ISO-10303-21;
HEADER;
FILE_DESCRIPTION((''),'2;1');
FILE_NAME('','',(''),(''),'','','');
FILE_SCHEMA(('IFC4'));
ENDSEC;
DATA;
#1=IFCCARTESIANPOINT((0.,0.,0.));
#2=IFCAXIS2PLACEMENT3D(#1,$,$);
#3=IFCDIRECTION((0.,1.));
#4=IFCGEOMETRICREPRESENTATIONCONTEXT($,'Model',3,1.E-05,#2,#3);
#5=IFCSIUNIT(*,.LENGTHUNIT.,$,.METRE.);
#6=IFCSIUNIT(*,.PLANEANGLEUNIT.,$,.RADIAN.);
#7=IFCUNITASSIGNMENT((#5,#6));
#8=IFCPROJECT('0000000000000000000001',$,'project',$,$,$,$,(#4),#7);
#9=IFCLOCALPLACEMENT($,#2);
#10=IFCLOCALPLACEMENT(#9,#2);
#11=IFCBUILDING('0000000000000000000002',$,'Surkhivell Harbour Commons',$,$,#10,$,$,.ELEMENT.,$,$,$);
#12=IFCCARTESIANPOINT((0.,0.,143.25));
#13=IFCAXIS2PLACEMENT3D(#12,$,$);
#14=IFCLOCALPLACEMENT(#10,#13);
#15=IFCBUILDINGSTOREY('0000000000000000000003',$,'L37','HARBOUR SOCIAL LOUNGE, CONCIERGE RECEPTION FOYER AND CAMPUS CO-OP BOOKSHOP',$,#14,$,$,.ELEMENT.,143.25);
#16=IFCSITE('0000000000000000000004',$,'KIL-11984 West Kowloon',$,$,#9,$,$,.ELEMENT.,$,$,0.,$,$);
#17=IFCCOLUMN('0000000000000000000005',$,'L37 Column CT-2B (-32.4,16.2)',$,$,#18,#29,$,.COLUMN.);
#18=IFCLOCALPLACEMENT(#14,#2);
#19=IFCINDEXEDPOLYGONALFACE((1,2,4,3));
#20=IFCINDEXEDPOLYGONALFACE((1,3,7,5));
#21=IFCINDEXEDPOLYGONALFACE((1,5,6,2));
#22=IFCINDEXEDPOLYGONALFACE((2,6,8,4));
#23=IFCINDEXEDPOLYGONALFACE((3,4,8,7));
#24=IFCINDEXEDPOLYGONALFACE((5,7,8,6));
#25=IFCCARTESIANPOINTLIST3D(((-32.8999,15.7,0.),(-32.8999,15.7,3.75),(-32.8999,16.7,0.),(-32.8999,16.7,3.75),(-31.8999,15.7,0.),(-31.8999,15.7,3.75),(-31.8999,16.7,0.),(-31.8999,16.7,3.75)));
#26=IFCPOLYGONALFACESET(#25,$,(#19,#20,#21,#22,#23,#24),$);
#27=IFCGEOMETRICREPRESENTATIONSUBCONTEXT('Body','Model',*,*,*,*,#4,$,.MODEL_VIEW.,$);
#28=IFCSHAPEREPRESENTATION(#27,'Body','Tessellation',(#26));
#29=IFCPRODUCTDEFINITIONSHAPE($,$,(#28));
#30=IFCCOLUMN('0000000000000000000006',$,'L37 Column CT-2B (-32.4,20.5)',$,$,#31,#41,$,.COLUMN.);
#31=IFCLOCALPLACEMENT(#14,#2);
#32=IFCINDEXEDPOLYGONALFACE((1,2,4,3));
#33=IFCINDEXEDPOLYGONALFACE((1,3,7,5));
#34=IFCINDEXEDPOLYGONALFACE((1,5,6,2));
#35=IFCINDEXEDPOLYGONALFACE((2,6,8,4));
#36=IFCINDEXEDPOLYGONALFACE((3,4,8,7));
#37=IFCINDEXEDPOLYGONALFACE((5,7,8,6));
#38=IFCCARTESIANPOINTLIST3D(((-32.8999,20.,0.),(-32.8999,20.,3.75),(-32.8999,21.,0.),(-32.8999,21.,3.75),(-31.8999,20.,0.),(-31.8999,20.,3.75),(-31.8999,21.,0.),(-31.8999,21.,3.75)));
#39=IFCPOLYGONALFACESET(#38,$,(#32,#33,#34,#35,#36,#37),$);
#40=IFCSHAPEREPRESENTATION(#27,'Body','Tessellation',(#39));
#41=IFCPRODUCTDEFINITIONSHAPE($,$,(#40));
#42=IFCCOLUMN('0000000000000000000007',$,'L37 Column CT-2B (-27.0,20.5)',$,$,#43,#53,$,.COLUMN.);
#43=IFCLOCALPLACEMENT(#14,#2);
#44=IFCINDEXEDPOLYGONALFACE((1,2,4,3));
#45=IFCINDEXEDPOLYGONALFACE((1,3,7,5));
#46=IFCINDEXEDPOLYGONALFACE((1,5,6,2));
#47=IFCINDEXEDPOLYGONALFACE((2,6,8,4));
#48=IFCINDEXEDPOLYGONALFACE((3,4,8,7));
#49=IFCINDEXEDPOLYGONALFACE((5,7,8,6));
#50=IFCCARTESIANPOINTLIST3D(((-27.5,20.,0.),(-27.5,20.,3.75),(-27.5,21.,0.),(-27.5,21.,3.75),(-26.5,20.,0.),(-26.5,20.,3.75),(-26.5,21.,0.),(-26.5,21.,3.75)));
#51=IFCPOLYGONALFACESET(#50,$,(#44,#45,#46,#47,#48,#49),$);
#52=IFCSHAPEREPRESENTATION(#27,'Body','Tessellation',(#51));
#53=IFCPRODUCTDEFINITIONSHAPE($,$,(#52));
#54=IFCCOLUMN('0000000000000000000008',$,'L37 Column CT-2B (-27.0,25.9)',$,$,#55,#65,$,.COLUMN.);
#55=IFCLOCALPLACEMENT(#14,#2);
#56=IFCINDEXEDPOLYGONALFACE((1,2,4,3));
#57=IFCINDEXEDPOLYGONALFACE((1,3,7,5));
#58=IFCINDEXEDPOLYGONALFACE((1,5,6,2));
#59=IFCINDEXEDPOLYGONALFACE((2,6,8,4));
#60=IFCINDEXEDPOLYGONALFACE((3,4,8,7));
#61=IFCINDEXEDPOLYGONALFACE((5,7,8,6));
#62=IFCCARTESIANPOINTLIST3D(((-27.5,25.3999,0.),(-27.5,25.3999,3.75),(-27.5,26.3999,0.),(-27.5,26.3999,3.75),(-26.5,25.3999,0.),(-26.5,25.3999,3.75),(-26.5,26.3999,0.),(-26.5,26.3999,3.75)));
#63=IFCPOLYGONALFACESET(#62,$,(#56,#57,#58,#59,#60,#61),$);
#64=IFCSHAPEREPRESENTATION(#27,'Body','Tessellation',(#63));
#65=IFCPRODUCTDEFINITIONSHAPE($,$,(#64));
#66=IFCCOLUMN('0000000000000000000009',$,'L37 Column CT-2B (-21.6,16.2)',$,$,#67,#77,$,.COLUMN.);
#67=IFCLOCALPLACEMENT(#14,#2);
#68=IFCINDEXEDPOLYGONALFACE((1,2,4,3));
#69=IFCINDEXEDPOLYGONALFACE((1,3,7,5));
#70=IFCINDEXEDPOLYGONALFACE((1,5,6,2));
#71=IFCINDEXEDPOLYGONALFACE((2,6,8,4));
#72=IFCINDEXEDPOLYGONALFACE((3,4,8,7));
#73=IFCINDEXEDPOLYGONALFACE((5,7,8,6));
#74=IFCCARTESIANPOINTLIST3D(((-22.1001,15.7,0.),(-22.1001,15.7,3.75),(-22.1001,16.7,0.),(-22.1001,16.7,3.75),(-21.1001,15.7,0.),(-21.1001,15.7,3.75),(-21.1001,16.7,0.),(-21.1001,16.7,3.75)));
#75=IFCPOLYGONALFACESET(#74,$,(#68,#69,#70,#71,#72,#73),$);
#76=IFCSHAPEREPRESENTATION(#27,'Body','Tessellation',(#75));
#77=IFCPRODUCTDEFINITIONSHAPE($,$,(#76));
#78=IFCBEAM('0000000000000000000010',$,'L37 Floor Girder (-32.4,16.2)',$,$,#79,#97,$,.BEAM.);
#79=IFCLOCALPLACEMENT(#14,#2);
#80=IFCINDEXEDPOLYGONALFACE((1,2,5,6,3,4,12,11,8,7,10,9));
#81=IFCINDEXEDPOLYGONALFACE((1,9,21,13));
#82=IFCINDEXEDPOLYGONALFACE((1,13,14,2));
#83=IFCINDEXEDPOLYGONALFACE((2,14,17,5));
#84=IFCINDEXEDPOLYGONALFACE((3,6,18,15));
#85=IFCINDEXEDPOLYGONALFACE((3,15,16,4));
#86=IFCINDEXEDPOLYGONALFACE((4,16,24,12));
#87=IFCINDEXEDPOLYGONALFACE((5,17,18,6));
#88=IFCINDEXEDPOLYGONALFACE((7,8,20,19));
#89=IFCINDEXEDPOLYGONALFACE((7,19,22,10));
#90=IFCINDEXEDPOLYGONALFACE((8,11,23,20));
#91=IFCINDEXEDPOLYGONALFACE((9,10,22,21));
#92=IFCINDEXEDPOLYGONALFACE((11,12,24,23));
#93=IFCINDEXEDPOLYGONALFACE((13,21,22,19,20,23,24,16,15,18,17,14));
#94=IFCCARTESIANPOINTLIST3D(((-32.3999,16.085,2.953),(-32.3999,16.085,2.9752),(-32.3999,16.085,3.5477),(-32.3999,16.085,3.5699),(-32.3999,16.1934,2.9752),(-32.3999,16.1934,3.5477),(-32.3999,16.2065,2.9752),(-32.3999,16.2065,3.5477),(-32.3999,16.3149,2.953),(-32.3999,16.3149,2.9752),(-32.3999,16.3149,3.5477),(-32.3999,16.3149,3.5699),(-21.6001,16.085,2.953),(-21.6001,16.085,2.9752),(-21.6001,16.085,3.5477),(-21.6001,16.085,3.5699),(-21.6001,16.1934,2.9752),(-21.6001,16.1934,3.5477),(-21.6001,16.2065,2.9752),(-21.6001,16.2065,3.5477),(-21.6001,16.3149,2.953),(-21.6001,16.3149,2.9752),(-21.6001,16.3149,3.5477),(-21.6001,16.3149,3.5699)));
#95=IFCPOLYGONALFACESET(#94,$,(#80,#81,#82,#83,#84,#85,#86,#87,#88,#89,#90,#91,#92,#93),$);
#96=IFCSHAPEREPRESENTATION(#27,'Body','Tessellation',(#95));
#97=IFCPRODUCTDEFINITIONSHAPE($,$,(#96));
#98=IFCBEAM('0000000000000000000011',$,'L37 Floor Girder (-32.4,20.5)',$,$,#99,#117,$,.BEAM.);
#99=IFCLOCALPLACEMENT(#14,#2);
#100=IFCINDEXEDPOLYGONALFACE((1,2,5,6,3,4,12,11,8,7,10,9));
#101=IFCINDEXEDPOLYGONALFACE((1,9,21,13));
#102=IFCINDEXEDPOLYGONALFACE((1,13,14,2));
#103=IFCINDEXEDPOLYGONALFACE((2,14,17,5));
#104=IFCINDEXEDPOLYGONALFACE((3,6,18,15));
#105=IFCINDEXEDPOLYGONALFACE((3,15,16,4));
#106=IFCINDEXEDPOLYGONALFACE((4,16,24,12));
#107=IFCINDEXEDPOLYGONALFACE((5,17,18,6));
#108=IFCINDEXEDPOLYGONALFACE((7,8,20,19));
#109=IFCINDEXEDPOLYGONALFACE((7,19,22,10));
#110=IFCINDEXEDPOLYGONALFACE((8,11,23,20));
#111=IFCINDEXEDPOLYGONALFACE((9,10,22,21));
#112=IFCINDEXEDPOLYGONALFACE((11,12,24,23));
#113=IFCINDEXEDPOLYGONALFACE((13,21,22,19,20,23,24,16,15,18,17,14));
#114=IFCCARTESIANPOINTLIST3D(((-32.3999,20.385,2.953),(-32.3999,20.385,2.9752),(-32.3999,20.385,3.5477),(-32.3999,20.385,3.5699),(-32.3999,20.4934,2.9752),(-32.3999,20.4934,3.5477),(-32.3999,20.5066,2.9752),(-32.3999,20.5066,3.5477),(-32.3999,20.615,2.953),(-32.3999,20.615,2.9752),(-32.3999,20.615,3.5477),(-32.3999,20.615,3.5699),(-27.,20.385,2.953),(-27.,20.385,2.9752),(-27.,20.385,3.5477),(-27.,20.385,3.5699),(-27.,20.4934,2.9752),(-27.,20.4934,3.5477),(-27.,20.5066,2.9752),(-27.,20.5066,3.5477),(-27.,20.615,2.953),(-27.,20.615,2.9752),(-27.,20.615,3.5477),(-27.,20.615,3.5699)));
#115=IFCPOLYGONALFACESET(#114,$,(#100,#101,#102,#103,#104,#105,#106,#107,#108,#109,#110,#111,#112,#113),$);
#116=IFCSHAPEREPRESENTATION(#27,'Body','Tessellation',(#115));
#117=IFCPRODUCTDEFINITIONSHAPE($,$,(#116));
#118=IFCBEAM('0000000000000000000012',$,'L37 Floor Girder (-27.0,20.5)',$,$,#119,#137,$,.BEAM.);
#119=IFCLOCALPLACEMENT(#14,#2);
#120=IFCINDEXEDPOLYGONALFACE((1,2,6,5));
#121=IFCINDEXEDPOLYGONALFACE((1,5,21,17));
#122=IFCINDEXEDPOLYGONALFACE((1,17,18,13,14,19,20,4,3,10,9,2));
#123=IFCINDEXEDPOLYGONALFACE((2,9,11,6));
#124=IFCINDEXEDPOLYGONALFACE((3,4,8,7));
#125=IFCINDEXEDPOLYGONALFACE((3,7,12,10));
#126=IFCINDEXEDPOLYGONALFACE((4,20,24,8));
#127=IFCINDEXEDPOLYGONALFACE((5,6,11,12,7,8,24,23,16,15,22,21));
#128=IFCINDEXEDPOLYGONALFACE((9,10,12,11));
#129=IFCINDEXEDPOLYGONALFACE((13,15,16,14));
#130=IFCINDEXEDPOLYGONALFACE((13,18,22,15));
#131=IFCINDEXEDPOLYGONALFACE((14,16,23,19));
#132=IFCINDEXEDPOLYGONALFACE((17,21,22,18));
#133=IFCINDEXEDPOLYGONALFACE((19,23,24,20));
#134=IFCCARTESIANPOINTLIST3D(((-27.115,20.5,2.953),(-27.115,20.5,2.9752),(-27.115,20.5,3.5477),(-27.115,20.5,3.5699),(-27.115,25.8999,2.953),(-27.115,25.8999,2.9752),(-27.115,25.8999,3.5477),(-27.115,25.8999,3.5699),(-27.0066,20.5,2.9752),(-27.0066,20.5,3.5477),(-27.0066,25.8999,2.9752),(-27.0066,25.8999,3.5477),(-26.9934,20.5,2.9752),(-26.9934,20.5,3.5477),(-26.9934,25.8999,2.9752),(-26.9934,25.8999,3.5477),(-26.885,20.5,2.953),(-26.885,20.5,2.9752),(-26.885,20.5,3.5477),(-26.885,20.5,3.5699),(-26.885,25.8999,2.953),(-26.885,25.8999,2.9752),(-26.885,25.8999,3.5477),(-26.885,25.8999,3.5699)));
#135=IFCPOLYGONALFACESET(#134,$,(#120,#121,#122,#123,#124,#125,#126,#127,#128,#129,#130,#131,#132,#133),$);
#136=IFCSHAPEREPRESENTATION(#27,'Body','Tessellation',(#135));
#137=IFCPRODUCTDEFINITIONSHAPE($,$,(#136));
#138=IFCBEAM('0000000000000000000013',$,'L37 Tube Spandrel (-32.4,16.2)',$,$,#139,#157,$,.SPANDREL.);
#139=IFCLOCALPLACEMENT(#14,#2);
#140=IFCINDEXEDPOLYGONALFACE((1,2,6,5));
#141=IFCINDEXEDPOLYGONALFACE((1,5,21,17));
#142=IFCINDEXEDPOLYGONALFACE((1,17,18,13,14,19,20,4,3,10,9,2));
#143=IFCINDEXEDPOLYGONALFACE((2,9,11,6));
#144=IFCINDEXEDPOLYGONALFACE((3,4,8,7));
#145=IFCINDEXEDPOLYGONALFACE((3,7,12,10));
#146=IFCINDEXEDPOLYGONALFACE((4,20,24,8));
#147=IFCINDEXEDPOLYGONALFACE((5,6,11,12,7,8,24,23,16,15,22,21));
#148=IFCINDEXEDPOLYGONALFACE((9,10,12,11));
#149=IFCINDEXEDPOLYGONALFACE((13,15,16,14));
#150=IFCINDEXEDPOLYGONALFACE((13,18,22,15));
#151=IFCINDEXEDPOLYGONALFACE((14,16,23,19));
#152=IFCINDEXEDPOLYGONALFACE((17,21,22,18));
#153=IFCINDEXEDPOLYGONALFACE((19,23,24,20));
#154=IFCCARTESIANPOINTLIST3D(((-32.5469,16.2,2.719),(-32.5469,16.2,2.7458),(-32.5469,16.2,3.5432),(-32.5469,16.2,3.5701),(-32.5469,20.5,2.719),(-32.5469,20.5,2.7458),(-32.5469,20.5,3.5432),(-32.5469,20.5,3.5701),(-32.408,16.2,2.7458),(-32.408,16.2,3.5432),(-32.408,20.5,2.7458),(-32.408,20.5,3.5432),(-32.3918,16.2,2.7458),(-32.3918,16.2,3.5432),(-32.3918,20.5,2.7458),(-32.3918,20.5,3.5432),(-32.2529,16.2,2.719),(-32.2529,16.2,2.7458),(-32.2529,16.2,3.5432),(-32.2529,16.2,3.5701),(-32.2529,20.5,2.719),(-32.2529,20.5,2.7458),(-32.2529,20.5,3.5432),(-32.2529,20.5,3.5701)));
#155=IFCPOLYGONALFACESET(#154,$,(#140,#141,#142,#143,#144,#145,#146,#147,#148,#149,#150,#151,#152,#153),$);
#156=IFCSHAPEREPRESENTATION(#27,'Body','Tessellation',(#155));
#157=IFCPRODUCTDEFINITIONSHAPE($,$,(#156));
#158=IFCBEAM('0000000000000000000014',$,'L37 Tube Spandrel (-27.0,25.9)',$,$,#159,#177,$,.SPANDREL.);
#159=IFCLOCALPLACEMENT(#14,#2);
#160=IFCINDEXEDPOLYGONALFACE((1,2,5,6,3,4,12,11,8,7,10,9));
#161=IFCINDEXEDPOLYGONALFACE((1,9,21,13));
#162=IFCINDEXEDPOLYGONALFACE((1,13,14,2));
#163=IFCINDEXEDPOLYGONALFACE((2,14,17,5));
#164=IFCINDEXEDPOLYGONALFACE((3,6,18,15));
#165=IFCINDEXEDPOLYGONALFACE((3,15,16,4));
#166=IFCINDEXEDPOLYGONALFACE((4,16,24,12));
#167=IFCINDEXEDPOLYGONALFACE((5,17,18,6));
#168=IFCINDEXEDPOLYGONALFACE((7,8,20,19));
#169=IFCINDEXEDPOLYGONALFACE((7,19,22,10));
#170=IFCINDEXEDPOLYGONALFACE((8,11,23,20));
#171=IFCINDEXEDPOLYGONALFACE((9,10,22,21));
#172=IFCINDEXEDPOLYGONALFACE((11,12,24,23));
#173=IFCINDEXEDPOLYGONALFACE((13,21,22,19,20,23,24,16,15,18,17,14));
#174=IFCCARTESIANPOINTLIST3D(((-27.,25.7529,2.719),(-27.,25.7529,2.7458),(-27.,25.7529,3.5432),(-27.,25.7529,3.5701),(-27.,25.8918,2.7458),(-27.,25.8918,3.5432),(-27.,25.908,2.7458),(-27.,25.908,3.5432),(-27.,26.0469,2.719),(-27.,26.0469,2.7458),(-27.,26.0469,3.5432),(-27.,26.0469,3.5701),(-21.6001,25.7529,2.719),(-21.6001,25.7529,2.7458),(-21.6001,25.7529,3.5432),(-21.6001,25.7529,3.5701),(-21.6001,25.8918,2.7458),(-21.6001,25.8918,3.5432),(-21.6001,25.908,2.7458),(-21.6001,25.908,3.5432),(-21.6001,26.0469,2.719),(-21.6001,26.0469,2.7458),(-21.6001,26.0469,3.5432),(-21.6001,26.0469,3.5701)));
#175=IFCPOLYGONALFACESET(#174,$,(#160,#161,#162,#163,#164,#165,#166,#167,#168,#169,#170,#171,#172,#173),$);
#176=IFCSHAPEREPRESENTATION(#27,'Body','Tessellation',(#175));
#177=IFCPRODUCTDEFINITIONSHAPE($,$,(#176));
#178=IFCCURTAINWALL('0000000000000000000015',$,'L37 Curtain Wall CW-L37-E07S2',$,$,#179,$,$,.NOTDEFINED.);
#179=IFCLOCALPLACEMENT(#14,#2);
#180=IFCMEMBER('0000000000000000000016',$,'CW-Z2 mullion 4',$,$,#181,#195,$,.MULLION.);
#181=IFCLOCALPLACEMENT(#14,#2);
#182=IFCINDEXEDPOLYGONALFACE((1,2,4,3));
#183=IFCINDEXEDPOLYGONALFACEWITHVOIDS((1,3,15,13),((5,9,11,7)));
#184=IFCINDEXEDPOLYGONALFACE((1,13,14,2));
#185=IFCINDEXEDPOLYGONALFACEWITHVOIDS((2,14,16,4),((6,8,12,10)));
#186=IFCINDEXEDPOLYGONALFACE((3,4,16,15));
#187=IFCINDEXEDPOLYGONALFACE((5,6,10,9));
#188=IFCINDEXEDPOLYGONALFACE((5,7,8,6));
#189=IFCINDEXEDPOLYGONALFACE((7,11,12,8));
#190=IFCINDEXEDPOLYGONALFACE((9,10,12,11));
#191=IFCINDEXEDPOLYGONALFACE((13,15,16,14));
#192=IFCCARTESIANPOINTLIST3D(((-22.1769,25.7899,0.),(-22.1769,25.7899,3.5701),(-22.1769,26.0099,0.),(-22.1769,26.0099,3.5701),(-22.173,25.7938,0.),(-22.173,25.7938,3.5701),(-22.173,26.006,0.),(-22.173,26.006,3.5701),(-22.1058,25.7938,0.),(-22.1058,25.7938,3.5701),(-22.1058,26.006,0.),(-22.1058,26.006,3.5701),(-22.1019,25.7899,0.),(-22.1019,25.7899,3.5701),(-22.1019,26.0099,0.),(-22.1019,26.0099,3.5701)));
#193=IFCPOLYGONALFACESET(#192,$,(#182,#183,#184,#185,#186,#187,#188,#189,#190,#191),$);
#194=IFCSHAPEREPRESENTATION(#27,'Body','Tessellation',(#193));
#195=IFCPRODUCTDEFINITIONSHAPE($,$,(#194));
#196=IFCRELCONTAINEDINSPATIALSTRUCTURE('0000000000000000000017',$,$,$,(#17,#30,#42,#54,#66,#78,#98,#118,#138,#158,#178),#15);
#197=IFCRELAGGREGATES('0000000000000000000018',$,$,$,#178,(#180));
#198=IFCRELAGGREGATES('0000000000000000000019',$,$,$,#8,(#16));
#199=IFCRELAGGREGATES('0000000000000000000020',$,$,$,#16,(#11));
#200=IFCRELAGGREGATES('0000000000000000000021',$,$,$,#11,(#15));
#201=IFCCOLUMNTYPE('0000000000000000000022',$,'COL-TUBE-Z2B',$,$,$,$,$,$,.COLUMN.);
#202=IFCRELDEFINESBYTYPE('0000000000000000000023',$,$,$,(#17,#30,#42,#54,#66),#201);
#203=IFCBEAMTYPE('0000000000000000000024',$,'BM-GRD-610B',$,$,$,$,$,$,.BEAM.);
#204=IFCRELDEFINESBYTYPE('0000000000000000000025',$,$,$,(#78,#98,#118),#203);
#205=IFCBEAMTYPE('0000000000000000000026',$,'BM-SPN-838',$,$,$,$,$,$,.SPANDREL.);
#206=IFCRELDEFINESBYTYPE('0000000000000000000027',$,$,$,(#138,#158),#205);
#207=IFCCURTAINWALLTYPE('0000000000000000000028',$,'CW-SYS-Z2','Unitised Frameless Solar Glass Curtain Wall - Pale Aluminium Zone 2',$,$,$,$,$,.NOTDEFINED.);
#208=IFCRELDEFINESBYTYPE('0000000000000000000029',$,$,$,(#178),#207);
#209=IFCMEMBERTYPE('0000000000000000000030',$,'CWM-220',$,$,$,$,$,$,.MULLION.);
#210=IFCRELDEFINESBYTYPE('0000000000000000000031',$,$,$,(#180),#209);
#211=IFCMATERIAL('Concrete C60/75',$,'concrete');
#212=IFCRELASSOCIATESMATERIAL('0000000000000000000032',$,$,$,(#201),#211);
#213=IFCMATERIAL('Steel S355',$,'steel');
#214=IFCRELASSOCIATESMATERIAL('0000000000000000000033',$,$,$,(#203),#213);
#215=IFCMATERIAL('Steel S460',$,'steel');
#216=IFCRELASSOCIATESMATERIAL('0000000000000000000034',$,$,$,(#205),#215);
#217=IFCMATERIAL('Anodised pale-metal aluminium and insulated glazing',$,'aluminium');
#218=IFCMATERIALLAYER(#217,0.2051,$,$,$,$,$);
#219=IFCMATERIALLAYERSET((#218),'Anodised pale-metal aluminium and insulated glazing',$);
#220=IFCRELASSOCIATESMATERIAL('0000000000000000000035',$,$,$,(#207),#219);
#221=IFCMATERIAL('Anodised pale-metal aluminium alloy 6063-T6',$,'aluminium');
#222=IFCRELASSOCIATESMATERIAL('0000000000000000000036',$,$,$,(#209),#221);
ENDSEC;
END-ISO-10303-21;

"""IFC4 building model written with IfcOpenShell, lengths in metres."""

from ifc_helpers import new_model, si_unit, direction, frame, origin, origin_2d, place, context, subcontext, project, spatial, rectangle, hollow_rectangle, i_section, extrude, material, layer, layer_set, material_profile, profile_set, type_object, element, aggregate, save


model = new_model("IFC4")

# Units and contexts
model_context = context("Model", 3, precision=1e-05, world=origin(), true_north=direction((0.0, 1.0)))
body_context = subcontext(model_context, "Body", "Model", "MODEL_VIEW")
ifc_project = project(units=[si_unit("LENGTHUNIT", "METRE"), si_unit("PLANEANGLEUNIT", "RADIAN")], contexts=[model_context])

# Site, building, storey
site_placement = place(None, origin())
site = spatial("IfcSite", under=ifc_project, at=site_placement, Name="KIL-11984 West Kowloon", CompositionType="ELEMENT", RefElevation=0.0)
building_placement = place(site_placement, origin())
building = spatial("IfcBuilding", under=site, at=building_placement, Name="Surkhivell Harbour Commons", CompositionType="ELEMENT")
storey_placement = place(building_placement, frame((0.0, 0.0, 143.25)))
storey = spatial("IfcBuildingStorey", under=building, at=storey_placement, Name="L37", Description="HARBOUR SOCIAL LOUNGE, CONCIERGE RECEPTION FOYER AND CAMPUS CO-OP BOOKSHOP", CompositionType="ELEMENT", Elevation=143.25)

# Columns
ifc_material_1 = material(Name="Concrete C60/75", Category="concrete")
ifc_material_profile_1 = material_profile(ifc_material_1, rectangle(XDim=1.0, YDim=1.0, at=origin_2d()), Name="RC-COL-1000x1000")
ifc_profile_set_1 = profile_set([ifc_material_profile_1], Name="Concrete C60/75")
column_type = type_object("IfcColumnType", Name="COL-TUBE-Z2B", PredefinedType="COLUMN", material=ifc_profile_set_1)
for number, where, z_axis, x_axis, name in (
    (1, (-32.3999, 16.2, 0.0), (0.0, 0.0, 1.0), (1.0, 0.0, 0.0), "L37 Column CT-2B (-32.4,16.2)"),
    (2, (-32.3999, 20.5, 0.0), (0.0, 0.0, 1.0), (1.0, 0.0, 0.0), "L37 Column CT-2B (-32.4,20.5)"),
    (3, (-27.0, 20.5, 0.0), (0.0, 0.0, 1.0), (1.0, 0.0, 0.0), "L37 Column CT-2B (-27.0,20.5)"),
    (4, (-27.0, 25.8999, 0.0), (0.0, 0.0, 1.0), (1.0, 0.0, 0.0), "L37 Column CT-2B (-27.0,25.9)"),
    (5, (-21.6001, 16.2, 0.0), (0.0, 0.0, 1.0), (1.0, 0.0, 0.0), "L37 Column CT-2B (-21.6,16.2)"),
):
    element("IfcColumn", number, at=place(storey_placement, frame(where, z_axis=z_axis, x_axis=x_axis)), inside=storey, type_object=column_type, Name=name, PredefinedType="COLUMN", context=body_context, shape_type="SweptSolid", body=[
        extrude(rectangle(XDim=1.0, YDim=1.0, at=origin_2d()), origin(), (0.0, 0.0, 1.0), 3.75),
    ])

# Beams
ifc_material_2 = material(Name="Steel S355", Category="steel")
ifc_material_profile_2 = material_profile(ifc_material_2, i_section(OverallWidth=0.23, OverallDepth=0.6169, WebThickness=0.0132, FlangeThickness=0.0222, at=origin_2d()), Name="UB610x229x140")
ifc_profile_set_2 = profile_set([ifc_material_profile_2], Name="Steel S355")
beam_type_1 = type_object("IfcBeamType", Name="BM-GRD-610B", PredefinedType="BEAM", material=ifc_profile_set_2)
beam_1_placement = place(storey_placement, frame((-32.3999, 16.2, 3.2615), z_axis=(1.0, 0.0, 0.0), x_axis=(0.0, 1.0, 0.0)))
element("IfcBeam", 6, at=beam_1_placement, inside=storey, type_object=beam_type_1, Name="L37 Floor Girder (-32.4,16.2)", PredefinedType="BEAM", context=body_context, shape_type="SweptSolid", body=[
    extrude(i_section(OverallWidth=0.23, OverallDepth=0.6169, WebThickness=0.0132, FlangeThickness=0.0222, at=origin_2d()), origin(), (0.0, 0.0, 1.0), 10.7998),
])
for number, where, z_axis, x_axis, name in (
    (7, (-32.3999, 20.5, 3.2615), (1.0, 0.0, 0.0), (0.0, 1.0, 0.0), "L37 Floor Girder (-32.4,20.5)"),
    (8, (-27.0, 20.5, 3.2615), (0.0, 1.0, 0.0), (-1.0, 0.0, 0.0), "L37 Floor Girder (-27.0,20.5)"),
):
    element("IfcBeam", number, at=place(storey_placement, frame(where, z_axis=z_axis, x_axis=x_axis)), inside=storey, type_object=beam_type_1, Name=name, PredefinedType="BEAM", context=body_context, shape_type="SweptSolid", body=[
        extrude(i_section(OverallWidth=0.23, OverallDepth=0.6169, WebThickness=0.0132, FlangeThickness=0.0222, at=origin_2d()), origin(), (0.0, 0.0, 1.0), 5.3999),
    ])
ifc_material_3 = material(Name="Steel S460", Category="steel")
ifc_material_profile_3 = material_profile(ifc_material_3, i_section(OverallWidth=0.2939, OverallDepth=0.8511, WebThickness=0.0161, FlangeThickness=0.0269, at=origin_2d()), Name="UB838x292x226")
ifc_profile_set_3 = profile_set([ifc_material_profile_3], Name="Steel S460")
beam_type_2 = type_object("IfcBeamType", Name="BM-SPN-838", PredefinedType="SPANDREL", material=ifc_profile_set_3)
beam_2_placement = place(storey_placement, frame((-32.3999, 16.2, 3.1445), z_axis=(0.0, 1.0, 0.0), x_axis=(-1.0, 0.0, 0.0)))
element("IfcBeam", 9, at=beam_2_placement, inside=storey, type_object=beam_type_2, Name="L37 Tube Spandrel (-32.4,16.2)", PredefinedType="SPANDREL", context=body_context, shape_type="SweptSolid", body=[
    extrude(i_section(OverallWidth=0.2939, OverallDepth=0.8511, WebThickness=0.0161, FlangeThickness=0.0269, at=origin_2d()), origin(), (0.0, 0.0, 1.0), 4.3),
])
beam_3_placement = place(storey_placement, frame((-27.0, 25.8999, 3.1445), z_axis=(1.0, 0.0, 0.0), x_axis=(0.0, 1.0, 0.0)))
element("IfcBeam", 10, at=beam_3_placement, inside=storey, type_object=beam_type_2, Name="L37 Tube Spandrel (-27.0,25.9)", PredefinedType="SPANDREL", context=body_context, shape_type="SweptSolid", body=[
    extrude(i_section(OverallWidth=0.2939, OverallDepth=0.8511, WebThickness=0.0161, FlangeThickness=0.0269, at=origin_2d()), origin(), (0.0, 0.0, 1.0), 5.3999),
])

# Curtain wall, member
ifc_material_4 = material(Name="Anodised pale-metal aluminium and insulated glazing", Category="aluminium")
ifc_layer_1 = layer(ifc_material_4, 0.2051)
ifc_layer_set_1 = layer_set([ifc_layer_1], Name="Anodised pale-metal aluminium and insulated glazing")
curtain_wall_type = type_object("IfcCurtainWallType", Name="CW-SYS-Z2", Description="Unitised Frameless Solar Glass Curtain Wall - Pale Aluminium Zone 2", PredefinedType="NOTDEFINED", material=ifc_layer_set_1)
curtain_wall_1_placement = place(storey_placement, origin())
curtain_wall_1 = element("IfcCurtainWall", 11, at=curtain_wall_1_placement, inside=storey, type_object=curtain_wall_type, Name="L37 Curtain Wall CW-L37-E07S2", PredefinedType="NOTDEFINED")
ifc_material_5 = material(Name="Anodised pale-metal aluminium alloy 6063-T6", Category="aluminium")
ifc_material_profile_4 = material_profile(ifc_material_5, hollow_rectangle(XDim=0.075, YDim=0.22, WallThickness=0.0039, at=origin_2d()), Name="ALU-MULL-75x220")
ifc_profile_set_4 = profile_set([ifc_material_profile_4], Name="Anodised pale-metal aluminium alloy 6063-T6")
member_type_1 = type_object("IfcMemberType", Name="CWM-220", PredefinedType="MULLION", material=ifc_profile_set_4)
member_1_placement = place(storey_placement, frame((-22.1394, 25.8999, 0.0), z_axis=(0.0, 0.0, 1.0), x_axis=(-1.0, 0.0, 0.0)))
member_1 = element("IfcMember", 12, at=member_1_placement, type_object=member_type_1, Name="CW-Z2 mullion 4", PredefinedType="MULLION", context=body_context, shape_type="SweptSolid", body=[
    extrude(hollow_rectangle(XDim=0.075, YDim=0.22, WallThickness=0.0039, at=origin_2d()), origin(), (0.0, 0.0, 1.0), 3.5701),
])

aggregate(curtain_wall_1, [member_1])

save(model, "model.ifc")
